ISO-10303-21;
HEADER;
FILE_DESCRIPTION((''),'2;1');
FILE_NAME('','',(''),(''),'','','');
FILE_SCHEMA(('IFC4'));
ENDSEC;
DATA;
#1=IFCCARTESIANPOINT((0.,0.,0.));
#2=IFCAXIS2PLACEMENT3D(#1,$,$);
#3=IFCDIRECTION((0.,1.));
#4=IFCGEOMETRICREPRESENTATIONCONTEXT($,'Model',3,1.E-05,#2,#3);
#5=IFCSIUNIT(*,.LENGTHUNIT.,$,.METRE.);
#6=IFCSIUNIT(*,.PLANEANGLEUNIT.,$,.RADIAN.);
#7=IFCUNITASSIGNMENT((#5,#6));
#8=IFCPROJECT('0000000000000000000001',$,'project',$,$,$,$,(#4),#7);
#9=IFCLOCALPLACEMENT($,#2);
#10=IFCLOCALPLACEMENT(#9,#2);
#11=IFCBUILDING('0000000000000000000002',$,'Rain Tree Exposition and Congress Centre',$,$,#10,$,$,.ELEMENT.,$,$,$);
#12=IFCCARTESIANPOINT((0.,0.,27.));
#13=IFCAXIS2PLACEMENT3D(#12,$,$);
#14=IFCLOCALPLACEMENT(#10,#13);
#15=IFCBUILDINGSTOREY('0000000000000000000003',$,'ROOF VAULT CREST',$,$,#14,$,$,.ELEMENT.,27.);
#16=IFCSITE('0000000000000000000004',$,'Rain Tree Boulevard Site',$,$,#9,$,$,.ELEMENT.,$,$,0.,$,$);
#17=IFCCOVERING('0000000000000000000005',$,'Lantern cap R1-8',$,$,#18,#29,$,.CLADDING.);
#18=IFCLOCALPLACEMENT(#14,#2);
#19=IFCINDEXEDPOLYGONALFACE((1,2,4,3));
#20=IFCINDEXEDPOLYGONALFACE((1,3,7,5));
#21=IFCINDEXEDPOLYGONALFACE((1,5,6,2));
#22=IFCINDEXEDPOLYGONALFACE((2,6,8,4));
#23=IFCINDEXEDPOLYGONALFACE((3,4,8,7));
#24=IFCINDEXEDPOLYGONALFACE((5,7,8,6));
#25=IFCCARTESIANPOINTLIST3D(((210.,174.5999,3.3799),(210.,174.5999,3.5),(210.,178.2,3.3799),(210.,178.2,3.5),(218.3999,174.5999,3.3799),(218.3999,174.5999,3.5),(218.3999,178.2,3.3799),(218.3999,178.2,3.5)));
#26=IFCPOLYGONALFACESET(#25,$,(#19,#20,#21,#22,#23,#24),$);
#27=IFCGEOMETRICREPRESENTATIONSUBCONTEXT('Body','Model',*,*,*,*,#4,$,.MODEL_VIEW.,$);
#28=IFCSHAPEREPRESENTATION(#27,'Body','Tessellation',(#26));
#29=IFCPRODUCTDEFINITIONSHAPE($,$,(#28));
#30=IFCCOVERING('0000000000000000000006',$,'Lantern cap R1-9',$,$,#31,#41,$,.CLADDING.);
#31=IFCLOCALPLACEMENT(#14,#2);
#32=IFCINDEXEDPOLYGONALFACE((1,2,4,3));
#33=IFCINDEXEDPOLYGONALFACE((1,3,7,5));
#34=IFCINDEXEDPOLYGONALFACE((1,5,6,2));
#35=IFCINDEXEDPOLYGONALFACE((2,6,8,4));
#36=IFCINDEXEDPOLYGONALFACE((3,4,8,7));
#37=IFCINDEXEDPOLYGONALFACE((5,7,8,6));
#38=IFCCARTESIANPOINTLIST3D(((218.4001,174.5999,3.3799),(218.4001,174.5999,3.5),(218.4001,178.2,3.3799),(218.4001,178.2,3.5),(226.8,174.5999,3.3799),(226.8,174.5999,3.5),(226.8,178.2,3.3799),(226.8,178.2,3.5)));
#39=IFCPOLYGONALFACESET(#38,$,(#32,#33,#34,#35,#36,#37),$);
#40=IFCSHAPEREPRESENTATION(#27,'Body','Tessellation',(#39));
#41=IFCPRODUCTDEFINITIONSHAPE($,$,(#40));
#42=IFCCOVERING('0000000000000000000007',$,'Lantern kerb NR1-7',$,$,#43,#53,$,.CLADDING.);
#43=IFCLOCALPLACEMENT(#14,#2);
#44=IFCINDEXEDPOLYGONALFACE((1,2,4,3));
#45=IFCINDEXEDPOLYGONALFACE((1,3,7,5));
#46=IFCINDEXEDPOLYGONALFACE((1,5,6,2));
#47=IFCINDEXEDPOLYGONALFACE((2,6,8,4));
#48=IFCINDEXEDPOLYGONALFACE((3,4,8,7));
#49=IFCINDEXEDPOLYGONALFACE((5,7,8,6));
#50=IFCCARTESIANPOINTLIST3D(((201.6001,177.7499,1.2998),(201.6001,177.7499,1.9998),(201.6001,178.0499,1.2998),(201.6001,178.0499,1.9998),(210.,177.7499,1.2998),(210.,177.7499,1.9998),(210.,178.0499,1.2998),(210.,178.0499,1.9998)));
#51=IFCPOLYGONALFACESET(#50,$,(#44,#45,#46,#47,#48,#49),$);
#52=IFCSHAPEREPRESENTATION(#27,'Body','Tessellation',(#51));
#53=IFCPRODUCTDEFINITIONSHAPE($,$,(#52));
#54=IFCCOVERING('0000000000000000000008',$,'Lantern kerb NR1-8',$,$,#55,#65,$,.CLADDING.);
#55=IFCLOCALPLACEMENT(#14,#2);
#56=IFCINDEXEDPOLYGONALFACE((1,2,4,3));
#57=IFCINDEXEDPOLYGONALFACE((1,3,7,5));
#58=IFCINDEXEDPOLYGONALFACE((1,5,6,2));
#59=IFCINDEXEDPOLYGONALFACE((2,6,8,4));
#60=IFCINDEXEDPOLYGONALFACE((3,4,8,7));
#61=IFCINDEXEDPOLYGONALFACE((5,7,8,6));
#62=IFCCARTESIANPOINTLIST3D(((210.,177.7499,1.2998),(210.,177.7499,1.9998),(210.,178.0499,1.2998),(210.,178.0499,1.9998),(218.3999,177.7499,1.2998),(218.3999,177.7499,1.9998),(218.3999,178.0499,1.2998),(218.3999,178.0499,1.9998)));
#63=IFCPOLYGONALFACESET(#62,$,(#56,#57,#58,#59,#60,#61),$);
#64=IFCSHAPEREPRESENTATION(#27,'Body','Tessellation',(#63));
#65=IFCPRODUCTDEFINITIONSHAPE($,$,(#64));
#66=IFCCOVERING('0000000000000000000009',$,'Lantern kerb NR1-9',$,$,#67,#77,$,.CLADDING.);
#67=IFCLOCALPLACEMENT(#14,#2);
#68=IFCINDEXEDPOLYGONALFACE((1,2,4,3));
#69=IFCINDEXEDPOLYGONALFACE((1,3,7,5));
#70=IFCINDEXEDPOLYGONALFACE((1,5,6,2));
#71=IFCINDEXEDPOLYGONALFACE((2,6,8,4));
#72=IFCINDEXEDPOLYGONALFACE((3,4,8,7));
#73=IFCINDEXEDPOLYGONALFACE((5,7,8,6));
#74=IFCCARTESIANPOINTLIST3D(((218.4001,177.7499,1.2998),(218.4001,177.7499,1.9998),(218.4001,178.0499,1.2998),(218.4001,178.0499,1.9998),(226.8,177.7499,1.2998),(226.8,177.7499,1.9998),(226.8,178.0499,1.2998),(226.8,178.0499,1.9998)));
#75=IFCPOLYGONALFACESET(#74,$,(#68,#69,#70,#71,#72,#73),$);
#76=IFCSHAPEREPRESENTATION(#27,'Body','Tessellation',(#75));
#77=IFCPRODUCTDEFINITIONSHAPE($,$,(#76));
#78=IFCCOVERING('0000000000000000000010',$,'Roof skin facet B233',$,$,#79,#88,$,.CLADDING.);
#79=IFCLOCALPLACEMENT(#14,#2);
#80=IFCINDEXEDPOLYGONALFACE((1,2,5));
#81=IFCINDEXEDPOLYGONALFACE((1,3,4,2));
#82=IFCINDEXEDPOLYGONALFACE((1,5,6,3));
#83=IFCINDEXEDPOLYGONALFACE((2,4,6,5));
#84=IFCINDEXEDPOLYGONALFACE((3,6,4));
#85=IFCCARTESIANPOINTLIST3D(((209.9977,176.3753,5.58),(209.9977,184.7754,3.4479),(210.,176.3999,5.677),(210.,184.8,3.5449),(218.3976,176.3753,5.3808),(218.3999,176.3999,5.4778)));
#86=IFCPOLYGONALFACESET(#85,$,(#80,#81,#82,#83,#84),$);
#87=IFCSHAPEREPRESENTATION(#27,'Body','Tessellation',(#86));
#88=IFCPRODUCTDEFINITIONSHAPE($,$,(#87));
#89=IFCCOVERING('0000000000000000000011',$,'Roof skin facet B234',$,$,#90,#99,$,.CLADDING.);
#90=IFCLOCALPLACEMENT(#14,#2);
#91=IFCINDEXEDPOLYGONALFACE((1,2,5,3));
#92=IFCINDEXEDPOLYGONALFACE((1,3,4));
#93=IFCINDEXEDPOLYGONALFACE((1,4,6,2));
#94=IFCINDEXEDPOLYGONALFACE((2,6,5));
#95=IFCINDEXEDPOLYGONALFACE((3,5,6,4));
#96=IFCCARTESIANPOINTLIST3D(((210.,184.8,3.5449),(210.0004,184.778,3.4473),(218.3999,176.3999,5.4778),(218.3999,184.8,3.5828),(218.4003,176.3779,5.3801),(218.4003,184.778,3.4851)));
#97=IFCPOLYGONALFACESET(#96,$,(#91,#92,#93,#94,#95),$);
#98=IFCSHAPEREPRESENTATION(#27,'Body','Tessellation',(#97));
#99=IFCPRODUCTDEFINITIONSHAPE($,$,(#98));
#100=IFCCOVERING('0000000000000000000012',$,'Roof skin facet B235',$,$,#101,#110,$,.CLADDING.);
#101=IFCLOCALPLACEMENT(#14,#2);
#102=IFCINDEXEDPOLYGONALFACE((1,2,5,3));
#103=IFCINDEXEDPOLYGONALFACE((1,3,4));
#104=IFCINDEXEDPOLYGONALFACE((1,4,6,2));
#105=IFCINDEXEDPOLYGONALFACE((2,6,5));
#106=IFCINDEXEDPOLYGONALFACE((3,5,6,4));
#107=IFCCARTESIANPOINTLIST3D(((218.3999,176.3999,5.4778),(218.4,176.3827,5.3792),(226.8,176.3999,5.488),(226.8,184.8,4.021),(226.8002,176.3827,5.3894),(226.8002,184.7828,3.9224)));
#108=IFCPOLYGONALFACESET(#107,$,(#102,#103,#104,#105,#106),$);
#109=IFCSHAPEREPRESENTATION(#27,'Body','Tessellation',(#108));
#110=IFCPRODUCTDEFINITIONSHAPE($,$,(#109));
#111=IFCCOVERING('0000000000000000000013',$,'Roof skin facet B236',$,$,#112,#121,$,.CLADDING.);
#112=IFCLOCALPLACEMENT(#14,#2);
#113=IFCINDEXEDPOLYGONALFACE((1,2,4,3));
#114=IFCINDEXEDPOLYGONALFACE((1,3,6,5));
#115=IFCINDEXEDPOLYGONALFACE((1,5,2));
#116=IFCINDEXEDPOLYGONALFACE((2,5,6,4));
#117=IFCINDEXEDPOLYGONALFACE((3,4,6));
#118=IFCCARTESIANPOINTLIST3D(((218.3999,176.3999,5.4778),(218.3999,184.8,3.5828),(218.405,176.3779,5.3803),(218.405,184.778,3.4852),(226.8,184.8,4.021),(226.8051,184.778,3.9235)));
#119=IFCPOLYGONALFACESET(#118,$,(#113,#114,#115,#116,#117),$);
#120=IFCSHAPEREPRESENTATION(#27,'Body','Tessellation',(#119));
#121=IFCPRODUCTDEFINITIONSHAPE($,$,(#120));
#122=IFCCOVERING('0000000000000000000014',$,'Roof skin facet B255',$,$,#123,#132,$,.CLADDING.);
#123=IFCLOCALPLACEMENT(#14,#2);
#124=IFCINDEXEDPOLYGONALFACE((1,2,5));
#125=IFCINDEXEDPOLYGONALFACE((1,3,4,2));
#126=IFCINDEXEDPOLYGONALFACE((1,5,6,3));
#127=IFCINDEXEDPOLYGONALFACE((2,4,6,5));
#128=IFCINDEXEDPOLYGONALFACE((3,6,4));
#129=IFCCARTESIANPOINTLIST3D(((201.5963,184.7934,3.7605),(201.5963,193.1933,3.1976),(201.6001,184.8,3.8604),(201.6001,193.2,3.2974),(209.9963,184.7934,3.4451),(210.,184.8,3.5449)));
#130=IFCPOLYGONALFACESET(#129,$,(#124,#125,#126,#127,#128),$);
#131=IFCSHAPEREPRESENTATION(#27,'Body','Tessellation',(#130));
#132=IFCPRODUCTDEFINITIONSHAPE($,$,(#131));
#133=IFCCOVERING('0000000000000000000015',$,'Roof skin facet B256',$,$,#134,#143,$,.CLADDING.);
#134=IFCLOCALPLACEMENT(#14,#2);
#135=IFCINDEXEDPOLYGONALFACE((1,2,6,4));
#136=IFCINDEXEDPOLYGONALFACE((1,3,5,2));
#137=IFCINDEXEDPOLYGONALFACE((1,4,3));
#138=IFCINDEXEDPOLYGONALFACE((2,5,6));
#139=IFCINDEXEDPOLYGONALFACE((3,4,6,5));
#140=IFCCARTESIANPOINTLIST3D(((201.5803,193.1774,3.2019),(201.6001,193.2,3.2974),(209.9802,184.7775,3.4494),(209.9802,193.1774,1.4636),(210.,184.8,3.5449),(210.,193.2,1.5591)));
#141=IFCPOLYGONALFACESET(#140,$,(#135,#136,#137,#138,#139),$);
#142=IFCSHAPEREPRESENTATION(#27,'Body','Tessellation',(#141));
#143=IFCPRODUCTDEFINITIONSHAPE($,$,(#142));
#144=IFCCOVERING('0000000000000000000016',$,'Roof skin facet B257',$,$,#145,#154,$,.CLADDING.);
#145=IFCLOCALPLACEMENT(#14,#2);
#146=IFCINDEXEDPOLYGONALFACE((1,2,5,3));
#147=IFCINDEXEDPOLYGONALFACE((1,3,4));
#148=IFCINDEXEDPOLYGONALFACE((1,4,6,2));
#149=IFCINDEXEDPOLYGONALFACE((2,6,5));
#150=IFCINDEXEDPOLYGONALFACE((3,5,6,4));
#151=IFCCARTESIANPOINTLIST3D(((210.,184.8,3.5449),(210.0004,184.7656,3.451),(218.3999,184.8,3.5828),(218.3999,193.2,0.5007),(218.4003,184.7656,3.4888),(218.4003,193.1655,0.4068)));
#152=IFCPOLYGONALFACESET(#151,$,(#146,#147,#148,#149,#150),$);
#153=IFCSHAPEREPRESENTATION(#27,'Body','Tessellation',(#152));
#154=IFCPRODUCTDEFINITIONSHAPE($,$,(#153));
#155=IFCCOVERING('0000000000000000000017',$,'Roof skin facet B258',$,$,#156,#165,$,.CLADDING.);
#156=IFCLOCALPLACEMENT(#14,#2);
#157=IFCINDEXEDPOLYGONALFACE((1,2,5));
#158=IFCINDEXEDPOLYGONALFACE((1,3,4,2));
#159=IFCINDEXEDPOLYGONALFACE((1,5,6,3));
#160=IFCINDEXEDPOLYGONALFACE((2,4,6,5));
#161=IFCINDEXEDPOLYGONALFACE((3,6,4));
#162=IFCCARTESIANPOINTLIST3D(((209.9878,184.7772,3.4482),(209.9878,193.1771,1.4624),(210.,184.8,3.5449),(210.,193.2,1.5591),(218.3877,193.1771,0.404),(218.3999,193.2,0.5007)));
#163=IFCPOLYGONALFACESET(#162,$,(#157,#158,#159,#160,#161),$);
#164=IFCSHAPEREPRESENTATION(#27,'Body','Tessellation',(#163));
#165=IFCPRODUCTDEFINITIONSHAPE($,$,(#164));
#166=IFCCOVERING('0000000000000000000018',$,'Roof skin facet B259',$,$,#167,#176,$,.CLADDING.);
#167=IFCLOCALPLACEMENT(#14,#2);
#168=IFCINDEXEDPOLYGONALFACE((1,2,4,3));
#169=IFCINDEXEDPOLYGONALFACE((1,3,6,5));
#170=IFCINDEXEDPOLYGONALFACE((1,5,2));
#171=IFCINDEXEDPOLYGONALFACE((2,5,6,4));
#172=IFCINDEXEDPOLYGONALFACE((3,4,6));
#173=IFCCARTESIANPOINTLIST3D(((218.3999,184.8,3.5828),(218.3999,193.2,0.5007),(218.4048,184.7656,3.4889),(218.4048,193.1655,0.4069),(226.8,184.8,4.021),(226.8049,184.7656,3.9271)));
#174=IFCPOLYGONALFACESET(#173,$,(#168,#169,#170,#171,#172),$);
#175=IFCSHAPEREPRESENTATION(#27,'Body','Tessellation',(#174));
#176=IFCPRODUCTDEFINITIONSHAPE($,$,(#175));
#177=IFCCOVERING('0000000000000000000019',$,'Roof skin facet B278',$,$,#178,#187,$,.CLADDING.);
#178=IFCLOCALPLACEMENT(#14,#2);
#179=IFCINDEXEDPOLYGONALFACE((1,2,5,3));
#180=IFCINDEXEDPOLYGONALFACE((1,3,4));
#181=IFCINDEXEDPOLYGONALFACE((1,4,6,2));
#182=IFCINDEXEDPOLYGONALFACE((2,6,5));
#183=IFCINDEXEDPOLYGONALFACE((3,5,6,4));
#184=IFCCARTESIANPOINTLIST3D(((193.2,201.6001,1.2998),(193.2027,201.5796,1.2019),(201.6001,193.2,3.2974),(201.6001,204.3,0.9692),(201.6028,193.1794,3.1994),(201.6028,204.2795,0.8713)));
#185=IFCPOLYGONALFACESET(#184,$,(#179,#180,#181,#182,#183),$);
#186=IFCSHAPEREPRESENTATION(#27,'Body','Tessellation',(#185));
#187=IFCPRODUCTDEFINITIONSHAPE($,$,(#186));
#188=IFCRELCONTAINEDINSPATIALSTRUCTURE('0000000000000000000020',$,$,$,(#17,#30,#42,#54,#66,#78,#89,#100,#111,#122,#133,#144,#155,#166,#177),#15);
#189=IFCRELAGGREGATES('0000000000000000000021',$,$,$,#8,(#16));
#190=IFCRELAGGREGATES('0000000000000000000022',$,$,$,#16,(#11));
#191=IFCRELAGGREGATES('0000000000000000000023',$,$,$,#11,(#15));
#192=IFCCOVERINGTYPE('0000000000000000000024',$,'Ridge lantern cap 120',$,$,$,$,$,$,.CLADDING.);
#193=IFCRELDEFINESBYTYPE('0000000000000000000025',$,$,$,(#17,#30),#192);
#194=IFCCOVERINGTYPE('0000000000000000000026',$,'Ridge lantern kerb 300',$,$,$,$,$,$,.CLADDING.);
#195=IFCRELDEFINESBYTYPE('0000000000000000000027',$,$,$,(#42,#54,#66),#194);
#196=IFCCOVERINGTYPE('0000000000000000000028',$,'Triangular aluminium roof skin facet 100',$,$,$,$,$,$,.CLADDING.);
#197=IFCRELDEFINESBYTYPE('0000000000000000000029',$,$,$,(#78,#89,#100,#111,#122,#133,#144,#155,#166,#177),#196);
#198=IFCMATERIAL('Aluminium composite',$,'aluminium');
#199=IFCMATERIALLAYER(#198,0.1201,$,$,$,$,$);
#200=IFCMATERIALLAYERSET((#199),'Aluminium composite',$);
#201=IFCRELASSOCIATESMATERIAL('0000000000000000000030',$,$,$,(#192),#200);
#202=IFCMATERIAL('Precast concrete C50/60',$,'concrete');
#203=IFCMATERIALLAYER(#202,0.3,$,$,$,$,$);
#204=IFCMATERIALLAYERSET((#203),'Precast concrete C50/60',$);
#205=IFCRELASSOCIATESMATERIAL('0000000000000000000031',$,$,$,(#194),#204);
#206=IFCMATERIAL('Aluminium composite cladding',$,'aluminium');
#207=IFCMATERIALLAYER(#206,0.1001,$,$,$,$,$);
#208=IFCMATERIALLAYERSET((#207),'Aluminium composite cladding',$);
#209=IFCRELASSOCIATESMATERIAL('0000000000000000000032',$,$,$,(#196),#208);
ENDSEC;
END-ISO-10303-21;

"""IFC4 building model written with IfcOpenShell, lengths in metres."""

from ifc_helpers import new_model, si_unit, direction, frame, origin, origin_2d, place, context, subcontext, project, spatial, polyline, rectangle, outline, extrude, material, layer, layer_set, type_object, element, save


model = new_model("IFC4")

# Units and contexts
model_context = context("Model", 3, precision=1e-05, world=origin(), true_north=direction((0.0, 1.0)))
body_context = subcontext(model_context, "Body", "Model", "MODEL_VIEW")
ifc_project = project(units=[si_unit("LENGTHUNIT", "METRE"), si_unit("PLANEANGLEUNIT", "RADIAN")], contexts=[model_context])

# Site, building, storey
site_placement = place(None, origin())
site = spatial("IfcSite", under=ifc_project, at=site_placement, Name="Rain Tree Boulevard Site", CompositionType="ELEMENT", RefElevation=0.0)
building_placement = place(site_placement, origin())
building = spatial("IfcBuilding", under=site, at=building_placement, Name="Rain Tree Exposition and Congress Centre", CompositionType="ELEMENT")
storey_placement = place(building_placement, frame((0.0, 0.0, 27.0)))
storey = spatial("IfcBuildingStorey", under=building, at=storey_placement, Name="ROOF VAULT CREST", CompositionType="ELEMENT", Elevation=27.0)

# Coverings
ifc_material_1 = material(Name="Aluminium composite", Category="aluminium")
ifc_layer_1 = layer(ifc_material_1, 0.1201)
ifc_layer_set_1 = layer_set([ifc_layer_1], Name="Aluminium composite")
covering_type_1 = type_object("IfcCoveringType", Name="Ridge lantern cap 120", PredefinedType="CLADDING", material=ifc_layer_set_1)
for number, where, z_axis, x_axis, name in (
    (1, (214.2, 176.3999, 3.3799), (0.0, 0.0, 1.0), (1.0, 0.0, 0.0), "Lantern cap R1-8"),
    (2, (222.6001, 176.3999, 3.3799), (0.0, 0.0, 1.0), (1.0, 0.0, 0.0), "Lantern cap R1-9"),
):
    element("IfcCovering", number, at=place(storey_placement, frame(where, z_axis=z_axis, x_axis=x_axis)), inside=storey, type_object=covering_type_1, Name=name, PredefinedType="CLADDING", context=body_context, shape_type="SweptSolid", body=[
        extrude(rectangle(XDim=8.3999, YDim=3.6001, at=origin_2d()), origin(), (0.0, 0.0, 1.0), 0.1201),
    ])
ifc_material_2 = material(Name="Precast concrete C50/60", Category="concrete")
ifc_layer_2 = layer(ifc_material_2, 0.3)
ifc_layer_set_2 = layer_set([ifc_layer_2], Name="Precast concrete C50/60")
covering_type_2 = type_object("IfcCoveringType", Name="Ridge lantern kerb 300", PredefinedType="CLADDING", material=ifc_layer_set_2)
for number, where, z_axis, x_axis, name in (
    (3, (205.8, 177.8999, 1.2998), (0.0, 0.0, 1.0), (1.0, 0.0, 0.0), "Lantern kerb NR1-7"),
    (4, (214.2, 177.8999, 1.2998), (0.0, 0.0, 1.0), (1.0, 0.0, 0.0), "Lantern kerb NR1-8"),
    (5, (222.6001, 177.8999, 1.2998), (0.0, 0.0, 1.0), (1.0, 0.0, 0.0), "Lantern kerb NR1-9"),
):
    element("IfcCovering", number, at=place(storey_placement, frame(where, z_axis=z_axis, x_axis=x_axis)), inside=storey, type_object=covering_type_2, Name=name, PredefinedType="CLADDING", context=body_context, shape_type="SweptSolid", body=[
        extrude(rectangle(XDim=8.3999, YDim=0.3, at=origin_2d()), origin(), (0.0, 0.0, 1.0), 0.7),
    ])
ifc_material_3 = material(Name="Aluminium composite cladding", Category="aluminium")
ifc_layer_3 = layer(ifc_material_3, 0.1001)
ifc_layer_set_3 = layer_set([ifc_layer_3], Name="Aluminium composite cladding")
covering_type_3 = type_object("IfcCoveringType", Name="Triangular aluminium roof skin facet 100", PredefinedType="CLADDING", material=ifc_layer_set_3)
covering_1_placement = place(storey_placement, frame((210.0, 176.3999, 5.677), z_axis=(0.022982, 0.245949, 0.96901), x_axis=(0.999719, 0.0, -0.02371)))
element("IfcCovering", 6, at=covering_1_placement, inside=storey, type_object=covering_type_3, Name="Roof skin facet B233", PredefinedType="CLADDING", context=body_context, shape_type="SweptSolid", body=[
    extrude(outline(polyline([(0.0, 0.0), (8.4023, 0.0), (0.0506, 8.6664), (0.0, 0.0)])), origin(), (0.0, 0.0, -1.0), 0.1001),
])
covering_2_placement = place(storey_placement, frame((218.3999, 176.3999, 5.4778), z_axis=(-0.004395, 0.220061, 0.975476), x_axis=(0.0, 0.975486, -0.220063)))
element("IfcCovering", 7, at=covering_2_placement, inside=storey, type_object=covering_type_3, Name="Roof skin facet B234", PredefinedType="CLADDING", context=body_context, shape_type="SweptSolid", body=[
    extrude(outline(polyline([(0.0, 0.0), (8.6112, 0.0), (8.6196, 8.4), (0.0, 0.0)])), origin(), (0.0, 0.0, -1.0), 0.1001),
])
covering_3_placement = place(storey_placement, frame((218.3999, 176.3999, 5.4778), z_axis=(-0.001202, 0.172041, 0.985089), x_axis=(0.999999, 0.0, 0.001221)))
element("IfcCovering", 8, at=covering_3_placement, inside=storey, type_object=covering_type_3, Name="Roof skin facet B235", PredefinedType="CLADDING", context=body_context, shape_type="SweptSolid", body=[
    extrude(outline(polyline([(0.0, 0.0), (8.4002, 0.0), (8.3984, 8.5273), (0.0, 0.0)])), origin(), (0.0, 0.0, -1.0), 0.1001),
])
covering_4_placement = place(storey_placement, frame((218.3999, 176.3999, 5.4778), z_axis=(-0.050825, 0.219779, 0.974225), x_axis=(0.701849, 0.701849, -0.121718)))
element("IfcCovering", 9, at=covering_4_placement, inside=storey, type_object=covering_type_3, Name="Roof skin facet B236", PredefinedType="CLADDING", context=body_context, shape_type="SweptSolid", body=[
    extrude(outline(polyline([(0.0, 0.0), (11.9686, 0.0), (6.1263, 6.0516), (0.0, 0.0)])), origin(), (0.0, 0.0, -1.0), 0.1001),
])
covering_5_placement = place(storey_placement, frame((201.6001, 184.8, 3.8604), z_axis=(0.037441, 0.066826, 0.997062), x_axis=(0.999296, 0.0, -0.037525)))
element("IfcCovering", 10, at=covering_5_placement, inside=storey, type_object=covering_type_3, Name="Roof skin facet B255", PredefinedType="CLADDING", context=body_context, shape_type="SweptSolid", body=[
    extrude(outline(polyline([(0.0, 0.0), (8.4058, 0.0), (0.0211, 8.4187), (0.0, 0.0)])), origin(), (0.0, 0.0, -1.0), 0.1001),
])
covering_6_placement = place(storey_placement, frame((210.0, 184.8, 3.5449), z_axis=(0.197425, 0.225542, 0.95402), x_axis=(0.0, 0.973174, -0.23007)))
element("IfcCovering", 11, at=covering_6_placement, inside=storey, type_object=covering_type_3, Name="Roof skin facet B256", PredefinedType="CLADDING", context=body_context, shape_type="SweptSolid", body=[
    extrude(outline(polyline([(0.0, 0.0), (8.6314, 0.0), (8.2315, 8.5685), (0.0, 0.0)])), origin(), (0.0, 0.0, -1.0), 0.1001),
])
covering_7_placement = place(storey_placement, frame((210.0, 184.8, 3.5449), z_axis=(-0.004229, 0.344455, 0.938793), x_axis=(0.99999, 0.0, 0.004505)))
element("IfcCovering", 12, at=covering_7_placement, inside=storey, type_object=covering_type_3, Name="Roof skin facet B257", PredefinedType="CLADDING", context=body_context, shape_type="SweptSolid", body=[
    extrude(outline(polyline([(0.0, 0.0), (8.4, 0.0), (8.3861, 8.9475), (0.0, 0.0)])), origin(), (0.0, 0.0, -1.0), 0.1001),
])
covering_8_placement = place(storey_placement, frame((210.0, 184.8, 3.5449), z_axis=(0.121704, 0.22836, 0.96594), x_axis=(0.684973, 0.684973, -0.24824)))
element("IfcCovering", 13, at=covering_8_placement, inside=storey, type_object=covering_type_3, Name="Roof skin facet B258", PredefinedType="CLADDING", context=body_context, shape_type="SweptSolid", body=[
    extrude(outline(polyline([(0.0, 0.0), (12.2631, 0.0), (6.2467, 5.9566), (0.0, 0.0)])), origin(), (0.0, 0.0, -1.0), 0.1001),
])
covering_9_placement = place(storey_placement, frame((218.3999, 184.8, 3.5828), z_axis=(-0.048918, 0.344046, 0.937678), x_axis=(0.998642, 0.0, 0.052099)))
element("IfcCovering", 14, at=covering_9_placement, inside=storey, type_object=covering_type_3, Name="Roof skin facet B259", PredefinedType="CLADDING", context=body_context, shape_type="SweptSolid", body=[
    extrude(outline(polyline([(0.0, 0.0), (8.4116, 0.0), (-0.1606, 8.946), (0.0, 0.0)])), origin(), (0.0, 0.0, -1.0), 0.1001),
])
covering_10_placement = place(storey_placement, frame((201.6001, 193.2, 3.2974), z_axis=(-0.027453, 0.205195, 0.978336), x_axis=(0.0, 0.978705, -0.205273)))
element("IfcCovering", 15, at=covering_10_placement, inside=storey, type_object=covering_type_3, Name="Roof skin facet B278", PredefinedType="CLADDING", context=body_context, shape_type="SweptSolid", body=[
    extrude(outline(polyline([(0.0, 0.0), (11.3416, 0.0), (8.6313, 8.4033), (0.0, 0.0)])), origin(), (0.0, 0.0, -1.0), 0.1001),
])

save(model, "model.ifc")
